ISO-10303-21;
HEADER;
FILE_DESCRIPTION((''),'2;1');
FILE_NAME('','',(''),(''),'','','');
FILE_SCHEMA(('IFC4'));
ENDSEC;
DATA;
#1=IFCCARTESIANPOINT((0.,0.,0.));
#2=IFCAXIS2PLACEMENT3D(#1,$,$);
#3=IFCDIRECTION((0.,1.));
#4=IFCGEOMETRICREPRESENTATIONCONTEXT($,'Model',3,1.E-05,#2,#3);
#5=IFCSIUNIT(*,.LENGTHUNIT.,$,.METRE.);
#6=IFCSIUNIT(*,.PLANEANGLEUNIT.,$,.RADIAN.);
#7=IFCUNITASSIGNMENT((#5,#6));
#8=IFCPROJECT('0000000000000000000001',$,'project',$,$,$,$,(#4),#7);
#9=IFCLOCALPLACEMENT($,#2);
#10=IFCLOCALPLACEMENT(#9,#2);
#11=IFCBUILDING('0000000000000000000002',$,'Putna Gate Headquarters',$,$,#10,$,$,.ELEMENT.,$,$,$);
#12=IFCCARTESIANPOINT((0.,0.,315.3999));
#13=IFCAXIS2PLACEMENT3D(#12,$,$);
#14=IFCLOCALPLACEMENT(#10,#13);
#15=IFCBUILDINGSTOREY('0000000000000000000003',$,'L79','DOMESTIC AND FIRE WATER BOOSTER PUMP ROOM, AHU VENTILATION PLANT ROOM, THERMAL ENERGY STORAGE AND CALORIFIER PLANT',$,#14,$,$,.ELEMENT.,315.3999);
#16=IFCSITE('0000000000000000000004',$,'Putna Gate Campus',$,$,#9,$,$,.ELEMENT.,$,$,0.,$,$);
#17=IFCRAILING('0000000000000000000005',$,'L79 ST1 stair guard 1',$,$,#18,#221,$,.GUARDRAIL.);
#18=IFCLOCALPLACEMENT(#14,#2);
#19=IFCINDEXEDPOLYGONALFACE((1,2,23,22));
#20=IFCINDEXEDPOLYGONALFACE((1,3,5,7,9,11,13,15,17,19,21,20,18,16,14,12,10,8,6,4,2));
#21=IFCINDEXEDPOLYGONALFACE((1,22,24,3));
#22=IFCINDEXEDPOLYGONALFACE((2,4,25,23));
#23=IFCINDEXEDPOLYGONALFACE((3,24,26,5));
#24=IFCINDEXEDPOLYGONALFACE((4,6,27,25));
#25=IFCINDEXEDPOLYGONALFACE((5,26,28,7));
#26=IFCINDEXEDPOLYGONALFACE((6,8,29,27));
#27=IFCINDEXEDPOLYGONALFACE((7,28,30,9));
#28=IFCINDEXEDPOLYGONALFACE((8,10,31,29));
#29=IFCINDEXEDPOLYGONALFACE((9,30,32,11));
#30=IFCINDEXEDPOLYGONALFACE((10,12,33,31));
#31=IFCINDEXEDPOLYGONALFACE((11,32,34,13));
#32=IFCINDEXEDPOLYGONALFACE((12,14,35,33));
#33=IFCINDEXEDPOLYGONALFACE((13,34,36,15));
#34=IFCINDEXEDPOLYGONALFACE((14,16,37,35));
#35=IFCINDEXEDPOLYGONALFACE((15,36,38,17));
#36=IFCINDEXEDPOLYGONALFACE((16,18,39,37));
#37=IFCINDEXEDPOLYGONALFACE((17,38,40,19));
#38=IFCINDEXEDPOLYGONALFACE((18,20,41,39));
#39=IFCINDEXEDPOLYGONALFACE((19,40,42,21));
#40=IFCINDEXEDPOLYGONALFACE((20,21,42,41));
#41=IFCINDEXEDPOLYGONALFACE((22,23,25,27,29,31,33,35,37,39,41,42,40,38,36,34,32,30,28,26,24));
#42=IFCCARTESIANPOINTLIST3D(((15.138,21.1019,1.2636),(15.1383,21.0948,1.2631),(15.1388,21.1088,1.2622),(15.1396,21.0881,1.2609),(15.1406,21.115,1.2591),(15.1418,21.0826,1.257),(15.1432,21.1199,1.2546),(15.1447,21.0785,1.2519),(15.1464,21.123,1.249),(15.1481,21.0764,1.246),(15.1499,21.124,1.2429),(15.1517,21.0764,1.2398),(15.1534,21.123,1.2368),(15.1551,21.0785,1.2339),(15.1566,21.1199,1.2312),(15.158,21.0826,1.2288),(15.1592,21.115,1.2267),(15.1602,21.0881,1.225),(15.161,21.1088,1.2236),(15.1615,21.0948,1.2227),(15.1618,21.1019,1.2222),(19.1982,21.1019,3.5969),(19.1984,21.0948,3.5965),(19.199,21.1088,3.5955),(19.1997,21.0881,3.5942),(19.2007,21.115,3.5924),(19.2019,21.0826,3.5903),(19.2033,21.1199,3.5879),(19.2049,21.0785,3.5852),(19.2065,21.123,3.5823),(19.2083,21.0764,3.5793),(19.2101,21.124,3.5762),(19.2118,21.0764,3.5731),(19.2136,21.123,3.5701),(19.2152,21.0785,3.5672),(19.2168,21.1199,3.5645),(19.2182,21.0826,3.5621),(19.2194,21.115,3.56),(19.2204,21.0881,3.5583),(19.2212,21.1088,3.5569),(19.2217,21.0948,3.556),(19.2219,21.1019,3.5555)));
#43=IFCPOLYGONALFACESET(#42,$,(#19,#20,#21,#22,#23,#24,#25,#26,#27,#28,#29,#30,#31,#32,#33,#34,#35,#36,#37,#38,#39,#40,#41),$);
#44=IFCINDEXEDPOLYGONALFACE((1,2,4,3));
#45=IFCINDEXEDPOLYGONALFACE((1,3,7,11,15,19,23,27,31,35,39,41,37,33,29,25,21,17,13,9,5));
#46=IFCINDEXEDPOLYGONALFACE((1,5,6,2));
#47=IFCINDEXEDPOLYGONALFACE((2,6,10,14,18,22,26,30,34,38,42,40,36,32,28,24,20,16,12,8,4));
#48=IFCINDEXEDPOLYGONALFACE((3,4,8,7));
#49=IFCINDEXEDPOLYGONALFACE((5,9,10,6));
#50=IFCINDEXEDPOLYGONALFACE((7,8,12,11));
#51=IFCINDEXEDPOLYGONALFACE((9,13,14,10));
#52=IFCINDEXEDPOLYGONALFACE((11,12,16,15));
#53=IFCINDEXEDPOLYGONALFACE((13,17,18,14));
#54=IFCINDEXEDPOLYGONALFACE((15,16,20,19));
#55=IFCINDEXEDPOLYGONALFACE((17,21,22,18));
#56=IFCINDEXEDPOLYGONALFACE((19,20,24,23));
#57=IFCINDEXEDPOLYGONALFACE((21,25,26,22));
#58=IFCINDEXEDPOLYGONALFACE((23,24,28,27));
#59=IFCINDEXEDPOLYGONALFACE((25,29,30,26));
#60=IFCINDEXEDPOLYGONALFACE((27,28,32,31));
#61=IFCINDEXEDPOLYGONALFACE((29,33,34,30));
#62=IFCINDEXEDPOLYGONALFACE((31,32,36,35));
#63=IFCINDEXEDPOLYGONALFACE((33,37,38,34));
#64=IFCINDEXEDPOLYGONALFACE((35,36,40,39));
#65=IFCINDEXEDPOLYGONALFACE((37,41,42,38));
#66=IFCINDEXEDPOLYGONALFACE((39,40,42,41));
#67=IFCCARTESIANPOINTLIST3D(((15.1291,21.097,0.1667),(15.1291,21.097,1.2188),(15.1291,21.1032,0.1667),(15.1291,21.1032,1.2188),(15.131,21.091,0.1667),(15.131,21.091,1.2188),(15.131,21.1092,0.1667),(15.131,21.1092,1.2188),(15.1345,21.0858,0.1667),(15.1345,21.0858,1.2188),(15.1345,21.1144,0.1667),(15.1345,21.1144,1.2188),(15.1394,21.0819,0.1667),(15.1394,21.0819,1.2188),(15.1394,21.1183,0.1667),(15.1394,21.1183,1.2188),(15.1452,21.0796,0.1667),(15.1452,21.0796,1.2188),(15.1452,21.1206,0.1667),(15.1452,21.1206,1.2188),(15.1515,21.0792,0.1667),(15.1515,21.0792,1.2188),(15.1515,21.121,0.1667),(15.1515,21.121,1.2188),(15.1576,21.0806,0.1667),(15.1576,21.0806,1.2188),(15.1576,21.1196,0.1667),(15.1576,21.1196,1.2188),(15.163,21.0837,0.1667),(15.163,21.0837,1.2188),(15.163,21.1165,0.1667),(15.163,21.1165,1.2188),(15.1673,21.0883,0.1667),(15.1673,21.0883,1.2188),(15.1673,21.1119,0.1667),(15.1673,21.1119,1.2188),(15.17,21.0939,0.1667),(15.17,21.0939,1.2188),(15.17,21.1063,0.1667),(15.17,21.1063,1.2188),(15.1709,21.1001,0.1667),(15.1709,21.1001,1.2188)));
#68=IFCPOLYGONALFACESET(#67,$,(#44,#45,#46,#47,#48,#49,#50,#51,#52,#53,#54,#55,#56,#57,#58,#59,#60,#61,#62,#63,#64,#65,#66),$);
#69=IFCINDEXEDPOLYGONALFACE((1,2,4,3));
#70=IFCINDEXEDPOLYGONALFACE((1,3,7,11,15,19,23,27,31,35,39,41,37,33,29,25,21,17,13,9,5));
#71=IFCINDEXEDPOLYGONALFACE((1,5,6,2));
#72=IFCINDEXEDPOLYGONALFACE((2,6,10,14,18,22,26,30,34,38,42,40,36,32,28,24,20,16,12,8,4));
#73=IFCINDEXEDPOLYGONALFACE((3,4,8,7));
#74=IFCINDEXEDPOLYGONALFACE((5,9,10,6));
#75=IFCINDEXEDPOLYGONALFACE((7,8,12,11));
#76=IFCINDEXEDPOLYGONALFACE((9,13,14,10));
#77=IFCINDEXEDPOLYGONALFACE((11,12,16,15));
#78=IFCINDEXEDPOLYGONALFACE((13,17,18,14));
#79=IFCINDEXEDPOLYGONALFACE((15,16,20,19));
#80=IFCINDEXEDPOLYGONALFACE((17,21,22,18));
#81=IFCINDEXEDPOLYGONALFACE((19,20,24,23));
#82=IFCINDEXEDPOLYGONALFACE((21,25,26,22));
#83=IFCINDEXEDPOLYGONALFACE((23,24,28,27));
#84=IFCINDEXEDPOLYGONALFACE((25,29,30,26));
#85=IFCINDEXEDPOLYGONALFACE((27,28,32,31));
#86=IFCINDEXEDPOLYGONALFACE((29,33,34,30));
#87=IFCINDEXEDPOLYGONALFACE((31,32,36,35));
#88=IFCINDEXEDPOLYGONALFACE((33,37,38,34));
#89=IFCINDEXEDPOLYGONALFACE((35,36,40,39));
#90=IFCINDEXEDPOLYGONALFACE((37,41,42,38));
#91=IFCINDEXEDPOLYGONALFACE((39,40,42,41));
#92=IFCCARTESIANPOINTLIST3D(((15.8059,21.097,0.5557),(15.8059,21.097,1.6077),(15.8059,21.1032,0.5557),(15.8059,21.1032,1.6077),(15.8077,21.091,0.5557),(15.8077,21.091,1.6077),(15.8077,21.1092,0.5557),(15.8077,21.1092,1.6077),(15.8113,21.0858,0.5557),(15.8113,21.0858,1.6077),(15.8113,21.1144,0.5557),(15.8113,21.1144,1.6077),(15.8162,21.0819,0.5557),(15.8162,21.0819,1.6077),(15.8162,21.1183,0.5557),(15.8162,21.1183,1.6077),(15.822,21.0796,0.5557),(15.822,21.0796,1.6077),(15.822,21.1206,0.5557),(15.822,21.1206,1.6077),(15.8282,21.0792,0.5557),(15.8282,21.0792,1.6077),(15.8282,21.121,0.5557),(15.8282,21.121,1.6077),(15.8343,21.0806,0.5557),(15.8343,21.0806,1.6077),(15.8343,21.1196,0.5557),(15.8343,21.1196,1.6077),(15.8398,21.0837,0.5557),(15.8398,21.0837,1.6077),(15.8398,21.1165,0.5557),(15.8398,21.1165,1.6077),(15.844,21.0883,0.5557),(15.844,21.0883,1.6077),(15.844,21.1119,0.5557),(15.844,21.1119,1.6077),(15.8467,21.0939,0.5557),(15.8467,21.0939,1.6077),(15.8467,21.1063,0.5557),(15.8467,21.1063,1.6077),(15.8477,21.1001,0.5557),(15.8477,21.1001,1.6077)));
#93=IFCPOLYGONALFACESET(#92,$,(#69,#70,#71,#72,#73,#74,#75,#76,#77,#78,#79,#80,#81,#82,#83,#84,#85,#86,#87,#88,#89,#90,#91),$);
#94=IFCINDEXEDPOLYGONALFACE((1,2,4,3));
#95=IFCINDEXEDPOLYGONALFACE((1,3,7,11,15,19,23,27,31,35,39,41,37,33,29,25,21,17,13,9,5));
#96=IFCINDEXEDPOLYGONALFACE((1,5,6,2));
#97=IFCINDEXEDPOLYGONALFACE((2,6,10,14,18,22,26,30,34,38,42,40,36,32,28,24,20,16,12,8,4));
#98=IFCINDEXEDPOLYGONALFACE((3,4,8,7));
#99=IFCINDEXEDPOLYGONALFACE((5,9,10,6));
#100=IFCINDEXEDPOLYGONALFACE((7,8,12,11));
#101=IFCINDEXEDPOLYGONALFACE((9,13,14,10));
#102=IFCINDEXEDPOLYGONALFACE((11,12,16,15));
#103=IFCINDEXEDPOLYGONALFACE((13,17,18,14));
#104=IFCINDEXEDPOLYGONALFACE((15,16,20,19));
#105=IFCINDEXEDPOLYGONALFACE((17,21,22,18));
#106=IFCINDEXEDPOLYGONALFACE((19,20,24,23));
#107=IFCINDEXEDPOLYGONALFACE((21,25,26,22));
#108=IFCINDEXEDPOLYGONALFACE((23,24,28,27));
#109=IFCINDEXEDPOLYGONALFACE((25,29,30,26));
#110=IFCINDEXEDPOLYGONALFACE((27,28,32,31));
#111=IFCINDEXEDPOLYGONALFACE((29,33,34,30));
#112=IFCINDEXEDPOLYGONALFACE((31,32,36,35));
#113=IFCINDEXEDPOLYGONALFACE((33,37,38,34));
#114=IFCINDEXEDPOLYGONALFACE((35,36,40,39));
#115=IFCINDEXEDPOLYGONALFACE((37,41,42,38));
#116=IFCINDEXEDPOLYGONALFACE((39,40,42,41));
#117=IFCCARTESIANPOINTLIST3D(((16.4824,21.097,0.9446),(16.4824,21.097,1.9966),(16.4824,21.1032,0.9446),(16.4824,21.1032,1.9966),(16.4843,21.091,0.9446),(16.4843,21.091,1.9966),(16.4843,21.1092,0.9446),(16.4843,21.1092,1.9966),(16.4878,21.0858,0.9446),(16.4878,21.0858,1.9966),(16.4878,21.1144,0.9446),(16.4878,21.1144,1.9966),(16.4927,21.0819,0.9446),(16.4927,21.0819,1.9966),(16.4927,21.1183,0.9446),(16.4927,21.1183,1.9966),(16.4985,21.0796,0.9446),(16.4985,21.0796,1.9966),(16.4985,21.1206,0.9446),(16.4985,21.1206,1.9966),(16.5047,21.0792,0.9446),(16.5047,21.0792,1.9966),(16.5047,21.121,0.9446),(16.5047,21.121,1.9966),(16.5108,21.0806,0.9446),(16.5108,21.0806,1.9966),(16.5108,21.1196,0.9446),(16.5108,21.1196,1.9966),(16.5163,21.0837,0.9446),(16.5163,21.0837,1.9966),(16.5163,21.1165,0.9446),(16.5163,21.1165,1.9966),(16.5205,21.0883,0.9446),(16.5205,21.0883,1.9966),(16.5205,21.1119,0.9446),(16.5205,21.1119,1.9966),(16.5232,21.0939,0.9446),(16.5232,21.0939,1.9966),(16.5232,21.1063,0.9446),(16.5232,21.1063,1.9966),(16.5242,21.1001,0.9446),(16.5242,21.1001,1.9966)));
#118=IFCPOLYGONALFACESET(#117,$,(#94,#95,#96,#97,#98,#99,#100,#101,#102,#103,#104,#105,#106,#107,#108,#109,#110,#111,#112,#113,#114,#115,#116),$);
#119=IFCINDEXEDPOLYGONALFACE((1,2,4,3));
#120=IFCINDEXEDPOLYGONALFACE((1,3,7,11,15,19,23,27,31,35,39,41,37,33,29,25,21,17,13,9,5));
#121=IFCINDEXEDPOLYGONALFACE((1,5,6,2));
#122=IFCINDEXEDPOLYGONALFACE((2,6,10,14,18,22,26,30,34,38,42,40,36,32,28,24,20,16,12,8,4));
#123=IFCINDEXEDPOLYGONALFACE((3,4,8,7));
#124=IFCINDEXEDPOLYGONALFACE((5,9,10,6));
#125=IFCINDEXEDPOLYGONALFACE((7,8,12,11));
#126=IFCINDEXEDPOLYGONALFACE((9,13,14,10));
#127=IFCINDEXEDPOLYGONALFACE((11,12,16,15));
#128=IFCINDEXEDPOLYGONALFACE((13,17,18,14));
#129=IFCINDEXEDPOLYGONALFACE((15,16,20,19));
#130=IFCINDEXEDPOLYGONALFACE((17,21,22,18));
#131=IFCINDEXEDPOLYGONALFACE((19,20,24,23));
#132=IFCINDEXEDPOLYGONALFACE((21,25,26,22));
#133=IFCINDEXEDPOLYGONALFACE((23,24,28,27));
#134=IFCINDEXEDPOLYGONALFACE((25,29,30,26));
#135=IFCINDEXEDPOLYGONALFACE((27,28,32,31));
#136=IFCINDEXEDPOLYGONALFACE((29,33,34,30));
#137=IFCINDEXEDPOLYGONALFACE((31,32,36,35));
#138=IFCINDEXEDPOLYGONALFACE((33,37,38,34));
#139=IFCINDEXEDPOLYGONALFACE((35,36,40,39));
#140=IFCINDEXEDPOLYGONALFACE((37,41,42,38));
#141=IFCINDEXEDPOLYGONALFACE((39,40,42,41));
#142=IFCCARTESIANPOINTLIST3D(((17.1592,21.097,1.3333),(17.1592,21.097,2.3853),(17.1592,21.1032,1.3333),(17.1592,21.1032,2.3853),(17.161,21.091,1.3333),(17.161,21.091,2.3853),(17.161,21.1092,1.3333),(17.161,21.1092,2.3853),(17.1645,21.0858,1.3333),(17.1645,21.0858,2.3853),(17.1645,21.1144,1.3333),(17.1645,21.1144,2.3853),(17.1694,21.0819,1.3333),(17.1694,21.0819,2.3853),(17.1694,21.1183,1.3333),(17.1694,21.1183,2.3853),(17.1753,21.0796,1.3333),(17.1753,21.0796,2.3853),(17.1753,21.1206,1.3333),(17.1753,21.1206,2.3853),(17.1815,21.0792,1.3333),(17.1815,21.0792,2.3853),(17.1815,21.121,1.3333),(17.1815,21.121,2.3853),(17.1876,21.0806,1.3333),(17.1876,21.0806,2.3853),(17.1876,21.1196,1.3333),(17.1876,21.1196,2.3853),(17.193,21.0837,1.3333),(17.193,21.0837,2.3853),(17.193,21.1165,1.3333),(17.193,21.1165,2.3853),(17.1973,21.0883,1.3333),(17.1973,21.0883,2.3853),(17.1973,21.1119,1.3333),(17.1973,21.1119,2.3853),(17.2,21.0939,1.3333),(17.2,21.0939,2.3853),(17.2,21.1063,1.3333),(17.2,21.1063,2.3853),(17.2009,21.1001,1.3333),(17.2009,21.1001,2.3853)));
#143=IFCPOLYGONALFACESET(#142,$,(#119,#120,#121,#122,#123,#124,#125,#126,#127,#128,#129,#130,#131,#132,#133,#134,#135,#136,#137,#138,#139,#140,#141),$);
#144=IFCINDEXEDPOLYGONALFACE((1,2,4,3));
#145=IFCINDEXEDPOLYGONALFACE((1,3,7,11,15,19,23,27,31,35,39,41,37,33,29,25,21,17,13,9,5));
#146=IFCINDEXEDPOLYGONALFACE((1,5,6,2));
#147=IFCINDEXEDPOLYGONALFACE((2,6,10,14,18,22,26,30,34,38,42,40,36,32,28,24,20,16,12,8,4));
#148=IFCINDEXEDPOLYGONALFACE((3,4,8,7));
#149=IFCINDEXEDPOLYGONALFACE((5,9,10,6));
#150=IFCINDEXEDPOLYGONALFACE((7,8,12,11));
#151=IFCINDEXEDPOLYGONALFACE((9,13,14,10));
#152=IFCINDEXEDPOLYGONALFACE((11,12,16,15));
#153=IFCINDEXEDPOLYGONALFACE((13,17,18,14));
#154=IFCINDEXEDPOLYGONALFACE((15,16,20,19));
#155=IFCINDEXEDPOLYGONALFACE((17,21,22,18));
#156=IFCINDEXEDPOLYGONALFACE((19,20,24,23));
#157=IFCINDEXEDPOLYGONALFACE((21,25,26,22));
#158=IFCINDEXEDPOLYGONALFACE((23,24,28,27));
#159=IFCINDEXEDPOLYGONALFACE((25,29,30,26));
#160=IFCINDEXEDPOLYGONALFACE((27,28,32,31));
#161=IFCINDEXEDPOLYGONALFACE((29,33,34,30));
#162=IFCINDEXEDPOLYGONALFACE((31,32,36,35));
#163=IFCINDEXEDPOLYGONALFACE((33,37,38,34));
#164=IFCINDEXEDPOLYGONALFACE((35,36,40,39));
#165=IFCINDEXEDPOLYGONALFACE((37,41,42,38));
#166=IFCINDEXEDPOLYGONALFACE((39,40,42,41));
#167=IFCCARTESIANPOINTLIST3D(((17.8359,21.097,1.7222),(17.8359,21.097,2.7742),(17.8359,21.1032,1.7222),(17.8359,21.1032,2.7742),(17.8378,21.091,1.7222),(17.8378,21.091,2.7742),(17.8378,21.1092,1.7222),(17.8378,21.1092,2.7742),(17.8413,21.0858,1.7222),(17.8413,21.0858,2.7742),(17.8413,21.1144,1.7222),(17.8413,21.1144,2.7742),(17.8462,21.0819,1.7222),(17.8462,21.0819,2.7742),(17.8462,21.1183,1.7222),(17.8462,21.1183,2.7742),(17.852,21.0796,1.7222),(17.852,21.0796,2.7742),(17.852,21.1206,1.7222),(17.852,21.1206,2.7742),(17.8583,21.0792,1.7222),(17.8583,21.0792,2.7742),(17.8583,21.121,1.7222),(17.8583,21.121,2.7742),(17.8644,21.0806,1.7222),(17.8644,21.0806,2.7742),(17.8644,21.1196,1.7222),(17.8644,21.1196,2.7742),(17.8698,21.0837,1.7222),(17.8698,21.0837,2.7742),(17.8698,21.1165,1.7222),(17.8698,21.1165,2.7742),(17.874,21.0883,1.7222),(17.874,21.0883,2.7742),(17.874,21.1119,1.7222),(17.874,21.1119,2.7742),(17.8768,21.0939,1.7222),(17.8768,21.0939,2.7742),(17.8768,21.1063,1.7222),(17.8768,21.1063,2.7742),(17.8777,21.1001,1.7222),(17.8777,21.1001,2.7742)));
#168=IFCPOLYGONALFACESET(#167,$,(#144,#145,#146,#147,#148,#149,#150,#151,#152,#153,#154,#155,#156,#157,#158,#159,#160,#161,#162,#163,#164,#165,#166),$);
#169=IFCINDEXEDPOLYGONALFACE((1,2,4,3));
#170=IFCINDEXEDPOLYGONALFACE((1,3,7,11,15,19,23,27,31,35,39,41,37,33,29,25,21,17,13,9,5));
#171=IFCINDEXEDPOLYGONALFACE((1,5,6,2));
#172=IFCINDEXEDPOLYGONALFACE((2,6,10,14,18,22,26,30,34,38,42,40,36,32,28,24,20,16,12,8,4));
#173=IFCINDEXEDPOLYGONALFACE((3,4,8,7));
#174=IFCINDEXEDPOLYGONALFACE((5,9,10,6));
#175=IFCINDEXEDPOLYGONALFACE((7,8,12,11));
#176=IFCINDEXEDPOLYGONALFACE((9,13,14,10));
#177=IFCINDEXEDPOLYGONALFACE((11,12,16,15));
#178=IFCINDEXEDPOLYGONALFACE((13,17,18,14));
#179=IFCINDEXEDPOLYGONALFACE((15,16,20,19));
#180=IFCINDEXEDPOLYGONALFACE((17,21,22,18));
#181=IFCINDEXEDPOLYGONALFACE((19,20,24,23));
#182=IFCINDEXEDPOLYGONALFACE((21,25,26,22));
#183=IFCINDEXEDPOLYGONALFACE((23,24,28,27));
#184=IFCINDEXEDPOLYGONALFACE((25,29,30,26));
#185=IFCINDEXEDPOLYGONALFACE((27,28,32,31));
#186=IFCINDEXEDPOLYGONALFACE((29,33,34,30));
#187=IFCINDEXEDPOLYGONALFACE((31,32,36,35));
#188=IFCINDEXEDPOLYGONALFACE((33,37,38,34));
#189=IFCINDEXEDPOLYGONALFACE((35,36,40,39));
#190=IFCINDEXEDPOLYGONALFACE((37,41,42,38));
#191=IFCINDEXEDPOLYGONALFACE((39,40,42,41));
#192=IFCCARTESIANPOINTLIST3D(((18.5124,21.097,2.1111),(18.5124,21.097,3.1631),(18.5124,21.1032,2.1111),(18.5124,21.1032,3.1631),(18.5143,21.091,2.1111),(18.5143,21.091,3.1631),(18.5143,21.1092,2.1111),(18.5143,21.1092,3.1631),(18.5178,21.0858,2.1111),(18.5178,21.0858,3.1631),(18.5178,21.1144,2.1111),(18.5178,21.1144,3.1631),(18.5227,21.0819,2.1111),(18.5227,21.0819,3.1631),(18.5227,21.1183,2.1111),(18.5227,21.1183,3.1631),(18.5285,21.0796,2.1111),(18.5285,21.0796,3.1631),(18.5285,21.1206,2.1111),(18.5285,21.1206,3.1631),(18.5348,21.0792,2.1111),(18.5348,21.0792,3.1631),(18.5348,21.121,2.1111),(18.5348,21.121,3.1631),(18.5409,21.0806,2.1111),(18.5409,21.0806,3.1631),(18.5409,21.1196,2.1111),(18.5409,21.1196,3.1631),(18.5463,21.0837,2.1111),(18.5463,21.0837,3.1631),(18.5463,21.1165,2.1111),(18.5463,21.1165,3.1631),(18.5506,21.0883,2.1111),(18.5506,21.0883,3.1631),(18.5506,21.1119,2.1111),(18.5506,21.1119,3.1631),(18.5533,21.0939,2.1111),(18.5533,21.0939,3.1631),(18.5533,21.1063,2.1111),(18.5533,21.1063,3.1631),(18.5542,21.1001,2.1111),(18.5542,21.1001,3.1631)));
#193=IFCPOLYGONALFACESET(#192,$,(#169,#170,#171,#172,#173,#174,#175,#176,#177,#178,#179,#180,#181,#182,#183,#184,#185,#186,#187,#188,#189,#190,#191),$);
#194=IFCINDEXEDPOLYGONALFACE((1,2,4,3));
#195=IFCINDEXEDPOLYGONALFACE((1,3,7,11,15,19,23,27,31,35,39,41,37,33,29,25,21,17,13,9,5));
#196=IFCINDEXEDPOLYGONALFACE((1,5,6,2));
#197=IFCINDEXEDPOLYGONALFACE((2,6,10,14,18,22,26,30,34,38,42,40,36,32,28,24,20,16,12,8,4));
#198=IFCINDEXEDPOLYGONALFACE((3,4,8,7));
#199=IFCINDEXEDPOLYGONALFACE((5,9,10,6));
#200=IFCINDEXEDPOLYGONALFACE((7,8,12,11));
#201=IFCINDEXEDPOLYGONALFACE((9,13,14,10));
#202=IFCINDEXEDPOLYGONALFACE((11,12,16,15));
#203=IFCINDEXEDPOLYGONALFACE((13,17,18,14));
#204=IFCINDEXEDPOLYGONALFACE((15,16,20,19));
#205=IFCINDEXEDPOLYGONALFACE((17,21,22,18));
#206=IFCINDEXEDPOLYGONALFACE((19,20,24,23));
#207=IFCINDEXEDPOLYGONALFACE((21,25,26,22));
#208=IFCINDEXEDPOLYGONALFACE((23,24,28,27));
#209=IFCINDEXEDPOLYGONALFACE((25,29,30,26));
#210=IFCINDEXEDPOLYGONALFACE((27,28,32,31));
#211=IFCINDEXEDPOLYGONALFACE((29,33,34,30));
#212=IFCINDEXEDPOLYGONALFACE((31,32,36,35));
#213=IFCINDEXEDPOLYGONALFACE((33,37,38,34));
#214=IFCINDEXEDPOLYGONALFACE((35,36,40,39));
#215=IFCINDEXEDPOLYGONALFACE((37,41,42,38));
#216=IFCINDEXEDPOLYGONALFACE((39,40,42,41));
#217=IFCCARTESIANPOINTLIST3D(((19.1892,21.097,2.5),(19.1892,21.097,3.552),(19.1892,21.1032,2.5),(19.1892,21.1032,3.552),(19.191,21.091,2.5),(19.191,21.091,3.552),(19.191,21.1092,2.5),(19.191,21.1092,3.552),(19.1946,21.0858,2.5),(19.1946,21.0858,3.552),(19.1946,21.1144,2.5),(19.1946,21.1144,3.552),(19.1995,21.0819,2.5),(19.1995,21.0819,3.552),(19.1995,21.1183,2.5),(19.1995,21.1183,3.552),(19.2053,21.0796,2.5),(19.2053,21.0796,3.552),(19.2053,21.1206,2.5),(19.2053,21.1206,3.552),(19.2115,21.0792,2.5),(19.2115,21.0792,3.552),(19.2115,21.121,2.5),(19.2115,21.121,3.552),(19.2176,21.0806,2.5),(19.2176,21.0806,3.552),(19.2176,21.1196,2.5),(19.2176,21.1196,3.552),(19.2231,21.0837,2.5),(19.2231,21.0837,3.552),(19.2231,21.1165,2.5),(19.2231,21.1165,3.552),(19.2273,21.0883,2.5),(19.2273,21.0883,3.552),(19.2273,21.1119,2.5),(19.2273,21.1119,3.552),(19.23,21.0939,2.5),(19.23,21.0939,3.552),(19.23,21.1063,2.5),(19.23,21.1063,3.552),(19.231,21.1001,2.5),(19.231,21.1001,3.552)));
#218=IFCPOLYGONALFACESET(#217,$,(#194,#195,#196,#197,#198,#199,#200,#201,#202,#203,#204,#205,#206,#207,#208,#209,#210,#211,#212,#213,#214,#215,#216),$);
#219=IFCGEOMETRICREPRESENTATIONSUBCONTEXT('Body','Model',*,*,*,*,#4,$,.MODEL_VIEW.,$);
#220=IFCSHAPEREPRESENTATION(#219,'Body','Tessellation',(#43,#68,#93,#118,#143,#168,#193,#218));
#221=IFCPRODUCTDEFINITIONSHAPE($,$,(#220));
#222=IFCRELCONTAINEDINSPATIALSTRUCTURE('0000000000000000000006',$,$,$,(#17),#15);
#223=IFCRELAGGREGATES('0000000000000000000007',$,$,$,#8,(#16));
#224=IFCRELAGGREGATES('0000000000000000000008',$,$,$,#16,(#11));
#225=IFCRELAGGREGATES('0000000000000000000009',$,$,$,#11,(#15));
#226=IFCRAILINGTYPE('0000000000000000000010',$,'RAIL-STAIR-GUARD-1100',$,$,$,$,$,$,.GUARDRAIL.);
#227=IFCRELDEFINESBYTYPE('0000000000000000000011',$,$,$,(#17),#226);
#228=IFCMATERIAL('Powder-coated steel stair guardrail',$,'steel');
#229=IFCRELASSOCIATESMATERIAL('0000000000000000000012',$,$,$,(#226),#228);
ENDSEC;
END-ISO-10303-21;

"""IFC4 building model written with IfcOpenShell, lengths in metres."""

from ifc_helpers import new_model, si_unit, direction, frame, origin, origin_2d, place, context, subcontext, project, spatial, circle, extrude, material, type_object, element, save


model = new_model("IFC4")

# Units and contexts
model_context = context("Model", 3, precision=1e-05, world=origin(), true_north=direction((0.0, 1.0)))
body_context = subcontext(model_context, "Body", "Model", "MODEL_VIEW")
ifc_project = project(units=[si_unit("LENGTHUNIT", "METRE"), si_unit("PLANEANGLEUNIT", "RADIAN")], contexts=[model_context])

# Site, building, storey
site_placement = place(None, origin())
site = spatial("IfcSite", under=ifc_project, at=site_placement, Name="Putna Gate Campus", CompositionType="ELEMENT", RefElevation=0.0)
building_placement = place(site_placement, origin())
building = spatial("IfcBuilding", under=site, at=building_placement, Name="Putna Gate Headquarters", CompositionType="ELEMENT")
storey_placement = place(building_placement, frame((0.0, 0.0, 315.3999)))
storey = spatial("IfcBuildingStorey", under=building, at=storey_placement, Name="L79", Description="DOMESTIC AND FIRE WATER BOOSTER PUMP ROOM, AHU VENTILATION PLANT ROOM, THERMAL ENERGY STORAGE AND CALORIFIER PLANT", CompositionType="ELEMENT", Elevation=315.3999)

# Railing
ifc_material_1 = material(Name="Powder-coated steel stair guardrail", Category="steel")
railing_type_1 = type_object("IfcRailingType", Name="RAIL-STAIR-GUARD-1100", PredefinedType="GUARDRAIL", material=ifc_material_1)
railing_1_placement = place(storey_placement, frame((15.1499, 21.1001, 0.1667)))
element("IfcRailing", 1, at=railing_1_placement, inside=storey, type_object=railing_type_1, Name="L79 ST1 stair guard 1", PredefinedType="GUARDRAIL", context=body_context, shape_type="SweptSolid", body=[
    extrude(circle(Radius=0.0239, at=origin_2d()), frame((0.0, 0.0, 1.0762), z_axis=(0.867025, 0.0, 0.498265), x_axis=(0.0, 1.0, 0.0)), (0.0, 0.0, 1.0), 4.6829),
    extrude(circle(Radius=0.021, at=origin_2d()), origin(), (0.0, 0.0, 1.0), 1.052),
    extrude(circle(Radius=0.021, at=origin_2d()), frame((0.6768, 0.0, 0.3889)), (0.0, 0.0, 1.0), 1.052),
    extrude(circle(Radius=0.021, at=origin_2d()), frame((1.3533, 0.0, 0.7778)), (0.0, 0.0, 1.0), 1.052),
    extrude(circle(Radius=0.021, at=origin_2d()), frame((2.03, 0.0, 1.1665)), (0.0, 0.0, 1.0), 1.052),
    extrude(circle(Radius=0.021, at=origin_2d()), frame((2.7068, 0.0, 1.5554)), (0.0, 0.0, 1.0), 1.052),
    extrude(circle(Radius=0.021, at=origin_2d()), frame((3.3833, 0.0, 1.9443)), (0.0, 0.0, 1.0), 1.052),
    extrude(circle(Radius=0.021, at=origin_2d()), frame((4.0601, 0.0, 2.3333)), (0.0, 0.0, 1.0), 1.052),
])

save(model, "model.ifc")
